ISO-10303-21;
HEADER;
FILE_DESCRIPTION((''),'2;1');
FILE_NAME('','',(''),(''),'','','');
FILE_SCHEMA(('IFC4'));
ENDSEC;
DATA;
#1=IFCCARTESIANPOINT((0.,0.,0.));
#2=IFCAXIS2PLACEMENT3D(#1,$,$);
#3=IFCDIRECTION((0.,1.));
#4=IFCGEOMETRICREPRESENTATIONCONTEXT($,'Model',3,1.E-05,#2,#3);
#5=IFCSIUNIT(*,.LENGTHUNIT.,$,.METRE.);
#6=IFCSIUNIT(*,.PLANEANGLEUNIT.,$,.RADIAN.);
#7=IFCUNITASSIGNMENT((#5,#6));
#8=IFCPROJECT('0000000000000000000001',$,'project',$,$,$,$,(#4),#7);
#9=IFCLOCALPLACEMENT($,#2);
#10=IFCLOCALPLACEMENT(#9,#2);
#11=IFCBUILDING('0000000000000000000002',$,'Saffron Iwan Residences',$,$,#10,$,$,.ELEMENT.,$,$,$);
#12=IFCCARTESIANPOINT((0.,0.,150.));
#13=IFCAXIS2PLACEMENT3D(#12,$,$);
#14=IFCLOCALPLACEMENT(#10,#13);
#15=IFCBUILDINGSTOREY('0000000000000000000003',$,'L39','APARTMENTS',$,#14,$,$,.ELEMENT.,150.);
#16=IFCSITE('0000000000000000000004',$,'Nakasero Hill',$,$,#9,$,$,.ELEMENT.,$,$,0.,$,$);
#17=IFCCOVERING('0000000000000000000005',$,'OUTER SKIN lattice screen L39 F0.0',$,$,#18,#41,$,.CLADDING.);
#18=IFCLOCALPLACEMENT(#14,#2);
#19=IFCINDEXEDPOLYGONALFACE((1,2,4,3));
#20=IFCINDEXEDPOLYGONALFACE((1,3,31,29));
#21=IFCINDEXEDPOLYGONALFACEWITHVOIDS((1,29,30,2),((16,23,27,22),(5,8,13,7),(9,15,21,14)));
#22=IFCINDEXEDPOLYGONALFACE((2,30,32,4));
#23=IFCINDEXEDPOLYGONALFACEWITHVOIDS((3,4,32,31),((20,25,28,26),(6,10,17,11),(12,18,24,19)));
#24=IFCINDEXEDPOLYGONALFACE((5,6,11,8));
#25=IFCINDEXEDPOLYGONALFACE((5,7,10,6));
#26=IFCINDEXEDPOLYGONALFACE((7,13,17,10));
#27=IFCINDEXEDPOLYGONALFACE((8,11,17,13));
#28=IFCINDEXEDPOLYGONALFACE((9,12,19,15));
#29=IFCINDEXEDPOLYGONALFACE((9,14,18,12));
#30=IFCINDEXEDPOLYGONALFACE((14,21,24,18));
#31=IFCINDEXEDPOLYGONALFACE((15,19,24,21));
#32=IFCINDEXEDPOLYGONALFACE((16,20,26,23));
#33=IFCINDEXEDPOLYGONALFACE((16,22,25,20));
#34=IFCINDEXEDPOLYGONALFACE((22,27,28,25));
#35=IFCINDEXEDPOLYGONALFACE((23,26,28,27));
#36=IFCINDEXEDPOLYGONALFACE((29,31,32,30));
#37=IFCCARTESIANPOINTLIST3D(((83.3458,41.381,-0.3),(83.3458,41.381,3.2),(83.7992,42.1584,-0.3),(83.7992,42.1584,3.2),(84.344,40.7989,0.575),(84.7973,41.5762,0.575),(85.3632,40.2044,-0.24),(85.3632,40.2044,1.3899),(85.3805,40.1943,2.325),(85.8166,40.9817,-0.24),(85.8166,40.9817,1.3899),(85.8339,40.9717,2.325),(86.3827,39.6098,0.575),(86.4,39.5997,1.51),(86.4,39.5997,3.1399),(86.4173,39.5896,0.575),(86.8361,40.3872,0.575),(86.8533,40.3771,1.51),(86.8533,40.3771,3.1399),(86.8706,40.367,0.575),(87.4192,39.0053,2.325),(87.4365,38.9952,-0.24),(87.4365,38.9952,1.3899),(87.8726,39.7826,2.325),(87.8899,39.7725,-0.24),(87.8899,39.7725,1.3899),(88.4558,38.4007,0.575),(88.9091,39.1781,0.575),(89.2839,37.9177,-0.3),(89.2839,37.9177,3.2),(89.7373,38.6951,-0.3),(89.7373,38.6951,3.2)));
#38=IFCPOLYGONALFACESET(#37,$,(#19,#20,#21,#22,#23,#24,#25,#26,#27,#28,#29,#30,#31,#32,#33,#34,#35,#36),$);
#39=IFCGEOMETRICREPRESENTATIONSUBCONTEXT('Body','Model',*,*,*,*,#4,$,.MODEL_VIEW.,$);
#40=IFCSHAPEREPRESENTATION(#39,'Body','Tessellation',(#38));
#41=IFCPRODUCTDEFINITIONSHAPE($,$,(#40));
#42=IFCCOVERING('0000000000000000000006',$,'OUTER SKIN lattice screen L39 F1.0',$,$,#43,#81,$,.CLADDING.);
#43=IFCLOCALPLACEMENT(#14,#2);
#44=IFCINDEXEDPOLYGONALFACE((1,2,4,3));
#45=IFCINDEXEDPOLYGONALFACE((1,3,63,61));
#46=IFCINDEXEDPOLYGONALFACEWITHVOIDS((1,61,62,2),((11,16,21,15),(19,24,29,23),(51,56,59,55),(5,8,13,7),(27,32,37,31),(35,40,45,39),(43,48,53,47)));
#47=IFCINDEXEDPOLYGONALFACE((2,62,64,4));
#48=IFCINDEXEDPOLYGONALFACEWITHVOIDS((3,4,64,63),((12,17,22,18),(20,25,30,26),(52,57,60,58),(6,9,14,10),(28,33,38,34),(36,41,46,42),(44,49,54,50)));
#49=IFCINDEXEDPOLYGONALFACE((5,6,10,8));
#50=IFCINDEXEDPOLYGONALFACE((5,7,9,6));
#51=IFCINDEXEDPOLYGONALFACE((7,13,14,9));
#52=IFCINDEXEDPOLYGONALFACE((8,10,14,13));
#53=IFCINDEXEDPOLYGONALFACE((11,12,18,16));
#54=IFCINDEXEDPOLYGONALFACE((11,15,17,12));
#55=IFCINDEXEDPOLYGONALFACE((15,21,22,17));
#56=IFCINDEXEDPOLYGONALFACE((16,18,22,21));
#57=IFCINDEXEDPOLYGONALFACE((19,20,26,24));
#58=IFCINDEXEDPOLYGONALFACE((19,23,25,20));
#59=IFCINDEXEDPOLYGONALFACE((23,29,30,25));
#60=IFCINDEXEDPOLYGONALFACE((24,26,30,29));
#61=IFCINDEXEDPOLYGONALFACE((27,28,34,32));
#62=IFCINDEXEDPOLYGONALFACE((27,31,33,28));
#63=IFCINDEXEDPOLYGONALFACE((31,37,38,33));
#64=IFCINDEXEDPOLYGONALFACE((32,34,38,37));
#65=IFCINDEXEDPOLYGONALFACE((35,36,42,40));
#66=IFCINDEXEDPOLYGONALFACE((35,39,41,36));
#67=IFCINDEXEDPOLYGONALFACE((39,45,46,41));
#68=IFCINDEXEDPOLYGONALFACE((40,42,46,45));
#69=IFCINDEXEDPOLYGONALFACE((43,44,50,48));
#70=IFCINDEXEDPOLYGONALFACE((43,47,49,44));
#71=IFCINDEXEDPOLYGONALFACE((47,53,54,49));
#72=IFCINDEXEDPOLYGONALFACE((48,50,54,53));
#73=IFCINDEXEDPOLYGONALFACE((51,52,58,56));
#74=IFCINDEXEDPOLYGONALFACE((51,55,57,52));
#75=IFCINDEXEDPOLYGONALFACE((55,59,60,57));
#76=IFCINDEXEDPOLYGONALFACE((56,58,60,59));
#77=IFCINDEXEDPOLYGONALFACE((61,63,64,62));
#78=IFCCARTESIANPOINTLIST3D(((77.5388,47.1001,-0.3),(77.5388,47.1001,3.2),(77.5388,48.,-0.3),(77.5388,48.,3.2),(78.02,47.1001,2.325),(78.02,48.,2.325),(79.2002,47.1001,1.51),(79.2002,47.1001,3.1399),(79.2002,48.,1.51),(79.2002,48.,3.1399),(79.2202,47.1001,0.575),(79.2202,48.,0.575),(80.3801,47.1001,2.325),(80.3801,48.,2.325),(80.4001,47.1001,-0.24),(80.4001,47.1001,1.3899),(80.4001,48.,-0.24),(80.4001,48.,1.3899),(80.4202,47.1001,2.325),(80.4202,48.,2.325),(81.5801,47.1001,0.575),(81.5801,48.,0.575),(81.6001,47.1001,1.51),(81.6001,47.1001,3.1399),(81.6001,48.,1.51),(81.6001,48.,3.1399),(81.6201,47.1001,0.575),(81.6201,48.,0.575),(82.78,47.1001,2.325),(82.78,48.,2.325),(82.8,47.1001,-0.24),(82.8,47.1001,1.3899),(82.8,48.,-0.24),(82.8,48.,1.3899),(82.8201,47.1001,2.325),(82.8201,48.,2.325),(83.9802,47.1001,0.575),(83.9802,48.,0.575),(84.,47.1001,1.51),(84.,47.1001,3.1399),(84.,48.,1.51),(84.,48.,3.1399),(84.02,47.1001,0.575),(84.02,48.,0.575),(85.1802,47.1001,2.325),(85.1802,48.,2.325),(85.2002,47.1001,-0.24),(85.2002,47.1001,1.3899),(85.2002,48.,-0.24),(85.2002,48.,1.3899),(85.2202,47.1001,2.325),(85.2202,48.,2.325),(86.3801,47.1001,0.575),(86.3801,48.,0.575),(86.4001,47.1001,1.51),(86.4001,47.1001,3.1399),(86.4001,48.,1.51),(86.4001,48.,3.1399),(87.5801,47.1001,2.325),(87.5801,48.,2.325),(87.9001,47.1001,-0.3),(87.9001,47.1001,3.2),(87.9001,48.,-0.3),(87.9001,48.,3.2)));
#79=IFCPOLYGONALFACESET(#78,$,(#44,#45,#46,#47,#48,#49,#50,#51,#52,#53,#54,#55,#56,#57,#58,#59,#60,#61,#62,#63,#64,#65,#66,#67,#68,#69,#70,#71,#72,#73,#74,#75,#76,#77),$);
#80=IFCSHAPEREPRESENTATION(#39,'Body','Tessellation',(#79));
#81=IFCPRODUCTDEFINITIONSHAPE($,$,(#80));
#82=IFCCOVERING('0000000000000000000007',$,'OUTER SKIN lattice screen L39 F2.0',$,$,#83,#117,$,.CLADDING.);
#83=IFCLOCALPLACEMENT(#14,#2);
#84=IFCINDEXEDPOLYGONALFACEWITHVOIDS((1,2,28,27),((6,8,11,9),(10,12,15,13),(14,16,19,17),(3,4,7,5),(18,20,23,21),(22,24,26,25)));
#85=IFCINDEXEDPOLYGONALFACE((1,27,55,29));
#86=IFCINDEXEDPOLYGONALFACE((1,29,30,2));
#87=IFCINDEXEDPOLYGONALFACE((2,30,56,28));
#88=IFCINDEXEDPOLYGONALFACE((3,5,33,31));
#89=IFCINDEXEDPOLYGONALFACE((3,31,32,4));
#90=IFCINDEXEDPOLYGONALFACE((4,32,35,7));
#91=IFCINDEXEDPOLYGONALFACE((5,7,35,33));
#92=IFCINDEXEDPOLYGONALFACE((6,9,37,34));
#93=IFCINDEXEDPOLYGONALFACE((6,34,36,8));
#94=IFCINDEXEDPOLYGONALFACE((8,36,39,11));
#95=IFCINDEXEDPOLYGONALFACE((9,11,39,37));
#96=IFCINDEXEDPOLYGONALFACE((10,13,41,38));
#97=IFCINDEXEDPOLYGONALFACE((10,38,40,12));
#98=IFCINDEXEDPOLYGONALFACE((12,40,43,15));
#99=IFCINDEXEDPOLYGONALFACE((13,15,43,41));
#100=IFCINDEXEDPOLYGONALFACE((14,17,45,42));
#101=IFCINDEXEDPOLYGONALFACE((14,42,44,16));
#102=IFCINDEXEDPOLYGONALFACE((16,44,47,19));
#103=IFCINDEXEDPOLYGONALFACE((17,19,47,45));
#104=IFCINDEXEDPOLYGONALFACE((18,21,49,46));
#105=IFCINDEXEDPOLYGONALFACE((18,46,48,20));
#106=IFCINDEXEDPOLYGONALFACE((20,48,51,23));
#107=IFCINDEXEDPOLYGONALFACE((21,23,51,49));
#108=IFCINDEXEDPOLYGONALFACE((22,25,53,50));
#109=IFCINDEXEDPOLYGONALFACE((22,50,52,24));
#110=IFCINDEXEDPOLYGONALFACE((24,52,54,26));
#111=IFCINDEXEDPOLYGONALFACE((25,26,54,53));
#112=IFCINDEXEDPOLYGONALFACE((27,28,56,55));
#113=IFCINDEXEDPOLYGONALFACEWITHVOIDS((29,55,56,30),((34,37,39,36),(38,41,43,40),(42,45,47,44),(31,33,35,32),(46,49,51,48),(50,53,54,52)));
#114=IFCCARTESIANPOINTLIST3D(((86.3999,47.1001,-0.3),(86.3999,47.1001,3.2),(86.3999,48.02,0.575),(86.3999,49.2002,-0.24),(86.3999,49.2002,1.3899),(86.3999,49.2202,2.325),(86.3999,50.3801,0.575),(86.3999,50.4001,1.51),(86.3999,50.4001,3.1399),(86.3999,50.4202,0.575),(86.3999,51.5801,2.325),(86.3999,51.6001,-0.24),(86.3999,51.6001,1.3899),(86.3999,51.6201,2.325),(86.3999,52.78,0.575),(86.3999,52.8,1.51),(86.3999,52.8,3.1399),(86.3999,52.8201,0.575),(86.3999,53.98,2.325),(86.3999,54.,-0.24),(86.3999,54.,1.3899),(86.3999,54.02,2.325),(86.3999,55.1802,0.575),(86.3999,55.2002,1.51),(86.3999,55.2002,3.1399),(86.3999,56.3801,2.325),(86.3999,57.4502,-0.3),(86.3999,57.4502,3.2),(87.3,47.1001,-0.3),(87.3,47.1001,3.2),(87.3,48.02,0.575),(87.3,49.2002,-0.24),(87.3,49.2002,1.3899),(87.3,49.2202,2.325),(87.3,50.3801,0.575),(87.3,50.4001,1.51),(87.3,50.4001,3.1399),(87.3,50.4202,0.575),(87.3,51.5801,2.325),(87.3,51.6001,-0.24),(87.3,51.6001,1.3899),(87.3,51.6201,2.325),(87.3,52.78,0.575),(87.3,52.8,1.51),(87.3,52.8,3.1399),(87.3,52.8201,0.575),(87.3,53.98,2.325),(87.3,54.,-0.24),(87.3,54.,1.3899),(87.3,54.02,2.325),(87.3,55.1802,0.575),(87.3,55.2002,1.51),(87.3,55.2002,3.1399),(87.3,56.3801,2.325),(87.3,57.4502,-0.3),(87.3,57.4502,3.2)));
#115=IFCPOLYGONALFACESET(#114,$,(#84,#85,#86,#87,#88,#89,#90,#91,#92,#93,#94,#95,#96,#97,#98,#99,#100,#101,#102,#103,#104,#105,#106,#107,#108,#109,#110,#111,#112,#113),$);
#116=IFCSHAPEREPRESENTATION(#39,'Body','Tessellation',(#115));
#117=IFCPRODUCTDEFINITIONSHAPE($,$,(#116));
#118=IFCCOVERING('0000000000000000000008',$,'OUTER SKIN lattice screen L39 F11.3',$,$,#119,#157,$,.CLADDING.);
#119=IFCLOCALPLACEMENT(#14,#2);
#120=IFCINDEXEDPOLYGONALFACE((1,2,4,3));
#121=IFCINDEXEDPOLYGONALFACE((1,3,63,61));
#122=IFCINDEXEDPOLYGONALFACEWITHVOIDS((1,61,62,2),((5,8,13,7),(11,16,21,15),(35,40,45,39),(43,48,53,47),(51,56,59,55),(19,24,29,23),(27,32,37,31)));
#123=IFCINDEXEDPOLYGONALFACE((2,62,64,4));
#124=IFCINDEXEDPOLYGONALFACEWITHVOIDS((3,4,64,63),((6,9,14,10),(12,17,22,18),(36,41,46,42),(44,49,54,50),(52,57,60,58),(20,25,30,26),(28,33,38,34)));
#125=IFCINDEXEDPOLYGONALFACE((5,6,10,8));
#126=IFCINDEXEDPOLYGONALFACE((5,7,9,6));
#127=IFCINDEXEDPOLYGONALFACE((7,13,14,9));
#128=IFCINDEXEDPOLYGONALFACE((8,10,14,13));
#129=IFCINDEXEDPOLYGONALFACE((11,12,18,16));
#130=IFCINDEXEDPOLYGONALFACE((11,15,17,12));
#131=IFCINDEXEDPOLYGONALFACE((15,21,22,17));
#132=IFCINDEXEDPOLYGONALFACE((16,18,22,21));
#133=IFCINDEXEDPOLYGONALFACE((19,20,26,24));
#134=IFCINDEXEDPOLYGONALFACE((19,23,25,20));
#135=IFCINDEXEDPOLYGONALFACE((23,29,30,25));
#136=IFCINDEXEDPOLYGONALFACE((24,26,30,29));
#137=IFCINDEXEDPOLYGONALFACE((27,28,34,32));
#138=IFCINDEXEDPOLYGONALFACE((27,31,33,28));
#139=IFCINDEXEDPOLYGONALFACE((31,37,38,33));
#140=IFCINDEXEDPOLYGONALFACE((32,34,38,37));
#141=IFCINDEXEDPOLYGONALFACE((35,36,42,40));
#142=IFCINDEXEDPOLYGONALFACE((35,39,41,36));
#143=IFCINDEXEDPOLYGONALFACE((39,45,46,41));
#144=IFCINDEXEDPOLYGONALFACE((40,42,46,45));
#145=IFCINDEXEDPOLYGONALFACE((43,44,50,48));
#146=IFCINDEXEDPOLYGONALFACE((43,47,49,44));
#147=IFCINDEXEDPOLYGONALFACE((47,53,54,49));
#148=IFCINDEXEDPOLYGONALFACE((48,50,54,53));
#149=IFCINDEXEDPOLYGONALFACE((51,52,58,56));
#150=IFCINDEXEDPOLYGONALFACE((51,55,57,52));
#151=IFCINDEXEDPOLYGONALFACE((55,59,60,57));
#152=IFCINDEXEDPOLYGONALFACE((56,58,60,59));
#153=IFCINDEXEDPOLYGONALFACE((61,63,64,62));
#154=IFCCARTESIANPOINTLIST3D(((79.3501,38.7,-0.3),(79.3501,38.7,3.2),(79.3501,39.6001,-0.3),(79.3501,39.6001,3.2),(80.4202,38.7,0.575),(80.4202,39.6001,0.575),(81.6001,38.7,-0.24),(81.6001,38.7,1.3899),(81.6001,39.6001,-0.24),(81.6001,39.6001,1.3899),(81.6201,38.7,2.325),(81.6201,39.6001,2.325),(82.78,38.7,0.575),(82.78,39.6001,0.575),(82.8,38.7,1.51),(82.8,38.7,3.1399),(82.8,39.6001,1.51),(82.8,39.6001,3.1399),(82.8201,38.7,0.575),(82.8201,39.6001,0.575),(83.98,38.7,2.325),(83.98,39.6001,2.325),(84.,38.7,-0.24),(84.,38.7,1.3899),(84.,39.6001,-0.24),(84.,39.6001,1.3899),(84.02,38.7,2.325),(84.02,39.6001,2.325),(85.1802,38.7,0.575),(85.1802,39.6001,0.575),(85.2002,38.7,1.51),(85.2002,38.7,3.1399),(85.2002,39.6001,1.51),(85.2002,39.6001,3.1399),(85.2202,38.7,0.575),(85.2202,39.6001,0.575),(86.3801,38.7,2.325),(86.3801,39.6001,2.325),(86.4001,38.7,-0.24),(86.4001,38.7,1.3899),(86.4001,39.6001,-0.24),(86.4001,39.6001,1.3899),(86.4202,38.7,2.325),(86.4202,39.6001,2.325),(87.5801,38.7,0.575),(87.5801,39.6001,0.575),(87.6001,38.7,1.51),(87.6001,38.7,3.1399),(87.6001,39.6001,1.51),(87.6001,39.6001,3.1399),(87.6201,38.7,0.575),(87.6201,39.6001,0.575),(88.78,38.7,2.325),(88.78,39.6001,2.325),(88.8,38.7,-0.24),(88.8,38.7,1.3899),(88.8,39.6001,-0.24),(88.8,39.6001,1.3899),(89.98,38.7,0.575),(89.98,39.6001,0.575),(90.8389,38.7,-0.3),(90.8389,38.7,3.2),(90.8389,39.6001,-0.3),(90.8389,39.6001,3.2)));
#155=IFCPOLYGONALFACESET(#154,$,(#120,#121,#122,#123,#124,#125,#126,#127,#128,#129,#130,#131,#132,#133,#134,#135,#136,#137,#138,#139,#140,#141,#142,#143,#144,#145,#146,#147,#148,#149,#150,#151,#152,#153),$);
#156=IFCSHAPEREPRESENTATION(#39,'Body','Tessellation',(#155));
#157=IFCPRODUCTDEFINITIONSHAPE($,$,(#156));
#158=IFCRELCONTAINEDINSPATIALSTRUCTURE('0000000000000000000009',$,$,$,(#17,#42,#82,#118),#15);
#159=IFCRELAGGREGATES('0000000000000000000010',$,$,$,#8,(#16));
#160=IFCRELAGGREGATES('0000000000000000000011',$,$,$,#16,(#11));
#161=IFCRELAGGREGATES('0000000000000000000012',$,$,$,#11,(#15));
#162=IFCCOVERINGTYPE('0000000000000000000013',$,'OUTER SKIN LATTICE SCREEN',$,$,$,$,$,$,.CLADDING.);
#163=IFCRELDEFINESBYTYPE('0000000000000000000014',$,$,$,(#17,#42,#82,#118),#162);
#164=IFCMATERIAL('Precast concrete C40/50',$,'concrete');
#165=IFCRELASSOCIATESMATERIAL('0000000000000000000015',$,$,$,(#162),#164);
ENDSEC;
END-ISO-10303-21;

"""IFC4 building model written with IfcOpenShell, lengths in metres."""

from ifc_helpers import new_model, si_unit, direction, frame, origin, place, context, subcontext, project, spatial, polyline, outline, extrude, material, type_object, element, save


model = new_model("IFC4")

# Units and contexts
model_context = context("Model", 3, precision=1e-05, world=origin(), true_north=direction((0.0, 1.0)))
body_context = subcontext(model_context, "Body", "Model", "MODEL_VIEW")
ifc_project = project(units=[si_unit("LENGTHUNIT", "METRE"), si_unit("PLANEANGLEUNIT", "RADIAN")], contexts=[model_context])

# Site, building, storey
site_placement = place(None, origin())
site = spatial("IfcSite", under=ifc_project, at=site_placement, Name="Nakasero Hill", CompositionType="ELEMENT", RefElevation=0.0)
building_placement = place(site_placement, origin())
building = spatial("IfcBuilding", under=site, at=building_placement, Name="Saffron Iwan Residences", CompositionType="ELEMENT")
storey_placement = place(building_placement, frame((0.0, 0.0, 150.0)))
storey = spatial("IfcBuildingStorey", under=building, at=storey_placement, Name="L39", Description="APARTMENTS", CompositionType="ELEMENT", Elevation=150.0)

# Coverings
ifc_material_1 = material(Name="Precast concrete C40/50", Category="concrete")
covering_type = type_object("IfcCoveringType", Name="OUTER SKIN LATTICE SCREEN", PredefinedType="CLADDING", material=ifc_material_1)
covering_1_placement = place(storey_placement, frame((89.2839, 37.9177, -0.3), z_axis=(0.503804, 0.863818, 0.0), x_axis=(-0.863818, 0.503804, 0.0)))
element("IfcCovering", 1, at=covering_1_placement, inside=storey, type_object=covering_type, Name="OUTER SKIN lattice screen L39 F0.0", PredefinedType="CLADDING", context=body_context, shape_type="SweptSolid", body=[
    extrude(outline(polyline([(0.0, 0.0), (6.8743, 0.0), (6.8743, 3.5), (0.0, 3.5), (0.0, 0.0)]), holes=[polyline([(0.9587, 0.875), (2.1387, 0.0601), (3.3186, 0.875), (2.1387, 1.6899), (0.9587, 0.875)]), polyline([(3.3586, 0.875), (4.5388, 0.0601), (5.7188, 0.875), (4.5388, 1.6899), (3.3586, 0.875)]), polyline([(2.1587, 2.625), (3.3386, 1.8101), (4.5188, 2.625), (3.3386, 3.4399), (2.1587, 2.625)])]), origin(), (0.0, 0.0, 1.0), 0.8999),
])
covering_2_placement = place(storey_placement, frame((77.5388, 48.0, -0.3), z_axis=(0.0, -1.0, 0.0), x_axis=(1.0, 0.0, 0.0)))
element("IfcCovering", 2, at=covering_2_placement, inside=storey, type_object=covering_type, Name="OUTER SKIN lattice screen L39 F1.0", PredefinedType="CLADDING", context=body_context, shape_type="SweptSolid", body=[
    extrude(outline(polyline([(0.0, 0.0), (10.3613, 0.0), (10.3613, 3.5), (0.0, 3.5), (0.0, 0.0)]), holes=[polyline([(1.6814, 0.875), (2.8613, 0.0601), (4.0413, 0.875), (2.8613, 1.6899), (1.6814, 0.875)]), polyline([(4.0813, 0.875), (5.2612, 0.0601), (6.4414, 0.875), (5.2612, 1.6899), (4.0813, 0.875)]), polyline([(6.4812, 0.875), (7.6614, 0.0601), (8.8413, 0.875), (7.6614, 1.6899), (6.4812, 0.875)]), polyline([(0.4812, 2.625), (1.6614, 1.8101), (2.8413, 2.625), (1.6614, 3.4399), (0.4812, 2.625)]), polyline([(2.8813, 2.625), (4.0613, 1.8101), (5.2412, 2.625), (4.0613, 3.4399), (2.8813, 2.625)]), polyline([(5.2812, 2.625), (6.4612, 1.8101), (7.6414, 2.625), (6.4612, 3.4399), (5.2812, 2.625)]), polyline([(7.6814, 2.625), (8.8613, 1.8101), (10.0413, 2.625), (8.8613, 3.4399), (7.6814, 2.625)])]), origin(), (0.0, 0.0, 1.0), 0.8999),
])
covering_3_placement = place(storey_placement, frame((86.3999, 47.1001, -0.3), z_axis=(1.0, 0.0, 0.0), x_axis=(0.0, 1.0, 0.0)))
element("IfcCovering", 3, at=covering_3_placement, inside=storey, type_object=covering_type, Name="OUTER SKIN lattice screen L39 F2.0", PredefinedType="CLADDING", context=body_context, shape_type="SweptSolid", body=[
    extrude(outline(polyline([(0.0, 0.0), (10.3501, 0.0), (10.3501, 3.5), (0.0, 3.5), (0.0, 0.0)]), holes=[polyline([(0.9199, 0.875), (2.1001, 0.0601), (3.28, 0.875), (2.1001, 1.6899), (0.9199, 0.875)]), polyline([(3.3201, 0.875), (4.5, 0.0601), (5.6799, 0.875), (4.5, 1.6899), (3.3201, 0.875)]), polyline([(5.72, 0.875), (6.8999, 0.0601), (8.0801, 0.875), (6.8999, 1.6899), (5.72, 0.875)]), polyline([(2.1201, 2.625), (3.3, 1.8101), (4.48, 2.625), (3.3, 3.4399), (2.1201, 2.625)]), polyline([(4.52, 2.625), (5.7, 1.8101), (6.8799, 2.625), (5.7, 3.4399), (4.52, 2.625)]), polyline([(6.9199, 2.625), (8.1001, 1.8101), (9.28, 2.625), (8.1001, 3.4399), (6.9199, 2.625)])]), origin(), (0.0, 0.0, 1.0), 0.9001),
])
covering_4_placement = place(storey_placement, frame((79.3501, 39.6001, -0.3), z_axis=(0.0, -1.0, 0.0), x_axis=(1.0, 0.0, 0.0)))
element("IfcCovering", 4, at=covering_4_placement, inside=storey, type_object=covering_type, Name="OUTER SKIN lattice screen L39 F11.3", PredefinedType="CLADDING", context=body_context, shape_type="SweptSolid", body=[
    extrude(outline(polyline([(0.0, 0.0), (11.4888, 0.0), (11.4888, 3.5), (0.0, 3.5), (0.0, 0.0)]), holes=[polyline([(1.0701, 0.875), (2.25, 0.0601), (3.4299, 0.875), (2.25, 1.6899), (1.0701, 0.875)]), polyline([(3.47, 0.875), (4.6499, 0.0601), (5.8301, 0.875), (4.6499, 1.6899), (3.47, 0.875)]), polyline([(5.8701, 0.875), (7.05, 0.0601), (8.23, 0.875), (7.05, 1.6899), (5.8701, 0.875)]), polyline([(8.27, 0.875), (9.45, 0.0601), (10.6299, 0.875), (9.45, 1.6899), (8.27, 0.875)]), polyline([(2.27, 2.625), (3.45, 1.8101), (4.6299, 2.625), (3.45, 3.4399), (2.27, 2.625)]), polyline([(4.6699, 2.625), (5.8501, 1.8101), (7.03, 2.625), (5.8501, 3.4399), (4.6699, 2.625)]), polyline([(7.0701, 2.625), (8.25, 1.8101), (9.4299, 2.625), (8.25, 3.4399), (7.0701, 2.625)])]), origin(), (0.0, 0.0, 1.0), 0.9001),
])

save(model, "model.ifc")
